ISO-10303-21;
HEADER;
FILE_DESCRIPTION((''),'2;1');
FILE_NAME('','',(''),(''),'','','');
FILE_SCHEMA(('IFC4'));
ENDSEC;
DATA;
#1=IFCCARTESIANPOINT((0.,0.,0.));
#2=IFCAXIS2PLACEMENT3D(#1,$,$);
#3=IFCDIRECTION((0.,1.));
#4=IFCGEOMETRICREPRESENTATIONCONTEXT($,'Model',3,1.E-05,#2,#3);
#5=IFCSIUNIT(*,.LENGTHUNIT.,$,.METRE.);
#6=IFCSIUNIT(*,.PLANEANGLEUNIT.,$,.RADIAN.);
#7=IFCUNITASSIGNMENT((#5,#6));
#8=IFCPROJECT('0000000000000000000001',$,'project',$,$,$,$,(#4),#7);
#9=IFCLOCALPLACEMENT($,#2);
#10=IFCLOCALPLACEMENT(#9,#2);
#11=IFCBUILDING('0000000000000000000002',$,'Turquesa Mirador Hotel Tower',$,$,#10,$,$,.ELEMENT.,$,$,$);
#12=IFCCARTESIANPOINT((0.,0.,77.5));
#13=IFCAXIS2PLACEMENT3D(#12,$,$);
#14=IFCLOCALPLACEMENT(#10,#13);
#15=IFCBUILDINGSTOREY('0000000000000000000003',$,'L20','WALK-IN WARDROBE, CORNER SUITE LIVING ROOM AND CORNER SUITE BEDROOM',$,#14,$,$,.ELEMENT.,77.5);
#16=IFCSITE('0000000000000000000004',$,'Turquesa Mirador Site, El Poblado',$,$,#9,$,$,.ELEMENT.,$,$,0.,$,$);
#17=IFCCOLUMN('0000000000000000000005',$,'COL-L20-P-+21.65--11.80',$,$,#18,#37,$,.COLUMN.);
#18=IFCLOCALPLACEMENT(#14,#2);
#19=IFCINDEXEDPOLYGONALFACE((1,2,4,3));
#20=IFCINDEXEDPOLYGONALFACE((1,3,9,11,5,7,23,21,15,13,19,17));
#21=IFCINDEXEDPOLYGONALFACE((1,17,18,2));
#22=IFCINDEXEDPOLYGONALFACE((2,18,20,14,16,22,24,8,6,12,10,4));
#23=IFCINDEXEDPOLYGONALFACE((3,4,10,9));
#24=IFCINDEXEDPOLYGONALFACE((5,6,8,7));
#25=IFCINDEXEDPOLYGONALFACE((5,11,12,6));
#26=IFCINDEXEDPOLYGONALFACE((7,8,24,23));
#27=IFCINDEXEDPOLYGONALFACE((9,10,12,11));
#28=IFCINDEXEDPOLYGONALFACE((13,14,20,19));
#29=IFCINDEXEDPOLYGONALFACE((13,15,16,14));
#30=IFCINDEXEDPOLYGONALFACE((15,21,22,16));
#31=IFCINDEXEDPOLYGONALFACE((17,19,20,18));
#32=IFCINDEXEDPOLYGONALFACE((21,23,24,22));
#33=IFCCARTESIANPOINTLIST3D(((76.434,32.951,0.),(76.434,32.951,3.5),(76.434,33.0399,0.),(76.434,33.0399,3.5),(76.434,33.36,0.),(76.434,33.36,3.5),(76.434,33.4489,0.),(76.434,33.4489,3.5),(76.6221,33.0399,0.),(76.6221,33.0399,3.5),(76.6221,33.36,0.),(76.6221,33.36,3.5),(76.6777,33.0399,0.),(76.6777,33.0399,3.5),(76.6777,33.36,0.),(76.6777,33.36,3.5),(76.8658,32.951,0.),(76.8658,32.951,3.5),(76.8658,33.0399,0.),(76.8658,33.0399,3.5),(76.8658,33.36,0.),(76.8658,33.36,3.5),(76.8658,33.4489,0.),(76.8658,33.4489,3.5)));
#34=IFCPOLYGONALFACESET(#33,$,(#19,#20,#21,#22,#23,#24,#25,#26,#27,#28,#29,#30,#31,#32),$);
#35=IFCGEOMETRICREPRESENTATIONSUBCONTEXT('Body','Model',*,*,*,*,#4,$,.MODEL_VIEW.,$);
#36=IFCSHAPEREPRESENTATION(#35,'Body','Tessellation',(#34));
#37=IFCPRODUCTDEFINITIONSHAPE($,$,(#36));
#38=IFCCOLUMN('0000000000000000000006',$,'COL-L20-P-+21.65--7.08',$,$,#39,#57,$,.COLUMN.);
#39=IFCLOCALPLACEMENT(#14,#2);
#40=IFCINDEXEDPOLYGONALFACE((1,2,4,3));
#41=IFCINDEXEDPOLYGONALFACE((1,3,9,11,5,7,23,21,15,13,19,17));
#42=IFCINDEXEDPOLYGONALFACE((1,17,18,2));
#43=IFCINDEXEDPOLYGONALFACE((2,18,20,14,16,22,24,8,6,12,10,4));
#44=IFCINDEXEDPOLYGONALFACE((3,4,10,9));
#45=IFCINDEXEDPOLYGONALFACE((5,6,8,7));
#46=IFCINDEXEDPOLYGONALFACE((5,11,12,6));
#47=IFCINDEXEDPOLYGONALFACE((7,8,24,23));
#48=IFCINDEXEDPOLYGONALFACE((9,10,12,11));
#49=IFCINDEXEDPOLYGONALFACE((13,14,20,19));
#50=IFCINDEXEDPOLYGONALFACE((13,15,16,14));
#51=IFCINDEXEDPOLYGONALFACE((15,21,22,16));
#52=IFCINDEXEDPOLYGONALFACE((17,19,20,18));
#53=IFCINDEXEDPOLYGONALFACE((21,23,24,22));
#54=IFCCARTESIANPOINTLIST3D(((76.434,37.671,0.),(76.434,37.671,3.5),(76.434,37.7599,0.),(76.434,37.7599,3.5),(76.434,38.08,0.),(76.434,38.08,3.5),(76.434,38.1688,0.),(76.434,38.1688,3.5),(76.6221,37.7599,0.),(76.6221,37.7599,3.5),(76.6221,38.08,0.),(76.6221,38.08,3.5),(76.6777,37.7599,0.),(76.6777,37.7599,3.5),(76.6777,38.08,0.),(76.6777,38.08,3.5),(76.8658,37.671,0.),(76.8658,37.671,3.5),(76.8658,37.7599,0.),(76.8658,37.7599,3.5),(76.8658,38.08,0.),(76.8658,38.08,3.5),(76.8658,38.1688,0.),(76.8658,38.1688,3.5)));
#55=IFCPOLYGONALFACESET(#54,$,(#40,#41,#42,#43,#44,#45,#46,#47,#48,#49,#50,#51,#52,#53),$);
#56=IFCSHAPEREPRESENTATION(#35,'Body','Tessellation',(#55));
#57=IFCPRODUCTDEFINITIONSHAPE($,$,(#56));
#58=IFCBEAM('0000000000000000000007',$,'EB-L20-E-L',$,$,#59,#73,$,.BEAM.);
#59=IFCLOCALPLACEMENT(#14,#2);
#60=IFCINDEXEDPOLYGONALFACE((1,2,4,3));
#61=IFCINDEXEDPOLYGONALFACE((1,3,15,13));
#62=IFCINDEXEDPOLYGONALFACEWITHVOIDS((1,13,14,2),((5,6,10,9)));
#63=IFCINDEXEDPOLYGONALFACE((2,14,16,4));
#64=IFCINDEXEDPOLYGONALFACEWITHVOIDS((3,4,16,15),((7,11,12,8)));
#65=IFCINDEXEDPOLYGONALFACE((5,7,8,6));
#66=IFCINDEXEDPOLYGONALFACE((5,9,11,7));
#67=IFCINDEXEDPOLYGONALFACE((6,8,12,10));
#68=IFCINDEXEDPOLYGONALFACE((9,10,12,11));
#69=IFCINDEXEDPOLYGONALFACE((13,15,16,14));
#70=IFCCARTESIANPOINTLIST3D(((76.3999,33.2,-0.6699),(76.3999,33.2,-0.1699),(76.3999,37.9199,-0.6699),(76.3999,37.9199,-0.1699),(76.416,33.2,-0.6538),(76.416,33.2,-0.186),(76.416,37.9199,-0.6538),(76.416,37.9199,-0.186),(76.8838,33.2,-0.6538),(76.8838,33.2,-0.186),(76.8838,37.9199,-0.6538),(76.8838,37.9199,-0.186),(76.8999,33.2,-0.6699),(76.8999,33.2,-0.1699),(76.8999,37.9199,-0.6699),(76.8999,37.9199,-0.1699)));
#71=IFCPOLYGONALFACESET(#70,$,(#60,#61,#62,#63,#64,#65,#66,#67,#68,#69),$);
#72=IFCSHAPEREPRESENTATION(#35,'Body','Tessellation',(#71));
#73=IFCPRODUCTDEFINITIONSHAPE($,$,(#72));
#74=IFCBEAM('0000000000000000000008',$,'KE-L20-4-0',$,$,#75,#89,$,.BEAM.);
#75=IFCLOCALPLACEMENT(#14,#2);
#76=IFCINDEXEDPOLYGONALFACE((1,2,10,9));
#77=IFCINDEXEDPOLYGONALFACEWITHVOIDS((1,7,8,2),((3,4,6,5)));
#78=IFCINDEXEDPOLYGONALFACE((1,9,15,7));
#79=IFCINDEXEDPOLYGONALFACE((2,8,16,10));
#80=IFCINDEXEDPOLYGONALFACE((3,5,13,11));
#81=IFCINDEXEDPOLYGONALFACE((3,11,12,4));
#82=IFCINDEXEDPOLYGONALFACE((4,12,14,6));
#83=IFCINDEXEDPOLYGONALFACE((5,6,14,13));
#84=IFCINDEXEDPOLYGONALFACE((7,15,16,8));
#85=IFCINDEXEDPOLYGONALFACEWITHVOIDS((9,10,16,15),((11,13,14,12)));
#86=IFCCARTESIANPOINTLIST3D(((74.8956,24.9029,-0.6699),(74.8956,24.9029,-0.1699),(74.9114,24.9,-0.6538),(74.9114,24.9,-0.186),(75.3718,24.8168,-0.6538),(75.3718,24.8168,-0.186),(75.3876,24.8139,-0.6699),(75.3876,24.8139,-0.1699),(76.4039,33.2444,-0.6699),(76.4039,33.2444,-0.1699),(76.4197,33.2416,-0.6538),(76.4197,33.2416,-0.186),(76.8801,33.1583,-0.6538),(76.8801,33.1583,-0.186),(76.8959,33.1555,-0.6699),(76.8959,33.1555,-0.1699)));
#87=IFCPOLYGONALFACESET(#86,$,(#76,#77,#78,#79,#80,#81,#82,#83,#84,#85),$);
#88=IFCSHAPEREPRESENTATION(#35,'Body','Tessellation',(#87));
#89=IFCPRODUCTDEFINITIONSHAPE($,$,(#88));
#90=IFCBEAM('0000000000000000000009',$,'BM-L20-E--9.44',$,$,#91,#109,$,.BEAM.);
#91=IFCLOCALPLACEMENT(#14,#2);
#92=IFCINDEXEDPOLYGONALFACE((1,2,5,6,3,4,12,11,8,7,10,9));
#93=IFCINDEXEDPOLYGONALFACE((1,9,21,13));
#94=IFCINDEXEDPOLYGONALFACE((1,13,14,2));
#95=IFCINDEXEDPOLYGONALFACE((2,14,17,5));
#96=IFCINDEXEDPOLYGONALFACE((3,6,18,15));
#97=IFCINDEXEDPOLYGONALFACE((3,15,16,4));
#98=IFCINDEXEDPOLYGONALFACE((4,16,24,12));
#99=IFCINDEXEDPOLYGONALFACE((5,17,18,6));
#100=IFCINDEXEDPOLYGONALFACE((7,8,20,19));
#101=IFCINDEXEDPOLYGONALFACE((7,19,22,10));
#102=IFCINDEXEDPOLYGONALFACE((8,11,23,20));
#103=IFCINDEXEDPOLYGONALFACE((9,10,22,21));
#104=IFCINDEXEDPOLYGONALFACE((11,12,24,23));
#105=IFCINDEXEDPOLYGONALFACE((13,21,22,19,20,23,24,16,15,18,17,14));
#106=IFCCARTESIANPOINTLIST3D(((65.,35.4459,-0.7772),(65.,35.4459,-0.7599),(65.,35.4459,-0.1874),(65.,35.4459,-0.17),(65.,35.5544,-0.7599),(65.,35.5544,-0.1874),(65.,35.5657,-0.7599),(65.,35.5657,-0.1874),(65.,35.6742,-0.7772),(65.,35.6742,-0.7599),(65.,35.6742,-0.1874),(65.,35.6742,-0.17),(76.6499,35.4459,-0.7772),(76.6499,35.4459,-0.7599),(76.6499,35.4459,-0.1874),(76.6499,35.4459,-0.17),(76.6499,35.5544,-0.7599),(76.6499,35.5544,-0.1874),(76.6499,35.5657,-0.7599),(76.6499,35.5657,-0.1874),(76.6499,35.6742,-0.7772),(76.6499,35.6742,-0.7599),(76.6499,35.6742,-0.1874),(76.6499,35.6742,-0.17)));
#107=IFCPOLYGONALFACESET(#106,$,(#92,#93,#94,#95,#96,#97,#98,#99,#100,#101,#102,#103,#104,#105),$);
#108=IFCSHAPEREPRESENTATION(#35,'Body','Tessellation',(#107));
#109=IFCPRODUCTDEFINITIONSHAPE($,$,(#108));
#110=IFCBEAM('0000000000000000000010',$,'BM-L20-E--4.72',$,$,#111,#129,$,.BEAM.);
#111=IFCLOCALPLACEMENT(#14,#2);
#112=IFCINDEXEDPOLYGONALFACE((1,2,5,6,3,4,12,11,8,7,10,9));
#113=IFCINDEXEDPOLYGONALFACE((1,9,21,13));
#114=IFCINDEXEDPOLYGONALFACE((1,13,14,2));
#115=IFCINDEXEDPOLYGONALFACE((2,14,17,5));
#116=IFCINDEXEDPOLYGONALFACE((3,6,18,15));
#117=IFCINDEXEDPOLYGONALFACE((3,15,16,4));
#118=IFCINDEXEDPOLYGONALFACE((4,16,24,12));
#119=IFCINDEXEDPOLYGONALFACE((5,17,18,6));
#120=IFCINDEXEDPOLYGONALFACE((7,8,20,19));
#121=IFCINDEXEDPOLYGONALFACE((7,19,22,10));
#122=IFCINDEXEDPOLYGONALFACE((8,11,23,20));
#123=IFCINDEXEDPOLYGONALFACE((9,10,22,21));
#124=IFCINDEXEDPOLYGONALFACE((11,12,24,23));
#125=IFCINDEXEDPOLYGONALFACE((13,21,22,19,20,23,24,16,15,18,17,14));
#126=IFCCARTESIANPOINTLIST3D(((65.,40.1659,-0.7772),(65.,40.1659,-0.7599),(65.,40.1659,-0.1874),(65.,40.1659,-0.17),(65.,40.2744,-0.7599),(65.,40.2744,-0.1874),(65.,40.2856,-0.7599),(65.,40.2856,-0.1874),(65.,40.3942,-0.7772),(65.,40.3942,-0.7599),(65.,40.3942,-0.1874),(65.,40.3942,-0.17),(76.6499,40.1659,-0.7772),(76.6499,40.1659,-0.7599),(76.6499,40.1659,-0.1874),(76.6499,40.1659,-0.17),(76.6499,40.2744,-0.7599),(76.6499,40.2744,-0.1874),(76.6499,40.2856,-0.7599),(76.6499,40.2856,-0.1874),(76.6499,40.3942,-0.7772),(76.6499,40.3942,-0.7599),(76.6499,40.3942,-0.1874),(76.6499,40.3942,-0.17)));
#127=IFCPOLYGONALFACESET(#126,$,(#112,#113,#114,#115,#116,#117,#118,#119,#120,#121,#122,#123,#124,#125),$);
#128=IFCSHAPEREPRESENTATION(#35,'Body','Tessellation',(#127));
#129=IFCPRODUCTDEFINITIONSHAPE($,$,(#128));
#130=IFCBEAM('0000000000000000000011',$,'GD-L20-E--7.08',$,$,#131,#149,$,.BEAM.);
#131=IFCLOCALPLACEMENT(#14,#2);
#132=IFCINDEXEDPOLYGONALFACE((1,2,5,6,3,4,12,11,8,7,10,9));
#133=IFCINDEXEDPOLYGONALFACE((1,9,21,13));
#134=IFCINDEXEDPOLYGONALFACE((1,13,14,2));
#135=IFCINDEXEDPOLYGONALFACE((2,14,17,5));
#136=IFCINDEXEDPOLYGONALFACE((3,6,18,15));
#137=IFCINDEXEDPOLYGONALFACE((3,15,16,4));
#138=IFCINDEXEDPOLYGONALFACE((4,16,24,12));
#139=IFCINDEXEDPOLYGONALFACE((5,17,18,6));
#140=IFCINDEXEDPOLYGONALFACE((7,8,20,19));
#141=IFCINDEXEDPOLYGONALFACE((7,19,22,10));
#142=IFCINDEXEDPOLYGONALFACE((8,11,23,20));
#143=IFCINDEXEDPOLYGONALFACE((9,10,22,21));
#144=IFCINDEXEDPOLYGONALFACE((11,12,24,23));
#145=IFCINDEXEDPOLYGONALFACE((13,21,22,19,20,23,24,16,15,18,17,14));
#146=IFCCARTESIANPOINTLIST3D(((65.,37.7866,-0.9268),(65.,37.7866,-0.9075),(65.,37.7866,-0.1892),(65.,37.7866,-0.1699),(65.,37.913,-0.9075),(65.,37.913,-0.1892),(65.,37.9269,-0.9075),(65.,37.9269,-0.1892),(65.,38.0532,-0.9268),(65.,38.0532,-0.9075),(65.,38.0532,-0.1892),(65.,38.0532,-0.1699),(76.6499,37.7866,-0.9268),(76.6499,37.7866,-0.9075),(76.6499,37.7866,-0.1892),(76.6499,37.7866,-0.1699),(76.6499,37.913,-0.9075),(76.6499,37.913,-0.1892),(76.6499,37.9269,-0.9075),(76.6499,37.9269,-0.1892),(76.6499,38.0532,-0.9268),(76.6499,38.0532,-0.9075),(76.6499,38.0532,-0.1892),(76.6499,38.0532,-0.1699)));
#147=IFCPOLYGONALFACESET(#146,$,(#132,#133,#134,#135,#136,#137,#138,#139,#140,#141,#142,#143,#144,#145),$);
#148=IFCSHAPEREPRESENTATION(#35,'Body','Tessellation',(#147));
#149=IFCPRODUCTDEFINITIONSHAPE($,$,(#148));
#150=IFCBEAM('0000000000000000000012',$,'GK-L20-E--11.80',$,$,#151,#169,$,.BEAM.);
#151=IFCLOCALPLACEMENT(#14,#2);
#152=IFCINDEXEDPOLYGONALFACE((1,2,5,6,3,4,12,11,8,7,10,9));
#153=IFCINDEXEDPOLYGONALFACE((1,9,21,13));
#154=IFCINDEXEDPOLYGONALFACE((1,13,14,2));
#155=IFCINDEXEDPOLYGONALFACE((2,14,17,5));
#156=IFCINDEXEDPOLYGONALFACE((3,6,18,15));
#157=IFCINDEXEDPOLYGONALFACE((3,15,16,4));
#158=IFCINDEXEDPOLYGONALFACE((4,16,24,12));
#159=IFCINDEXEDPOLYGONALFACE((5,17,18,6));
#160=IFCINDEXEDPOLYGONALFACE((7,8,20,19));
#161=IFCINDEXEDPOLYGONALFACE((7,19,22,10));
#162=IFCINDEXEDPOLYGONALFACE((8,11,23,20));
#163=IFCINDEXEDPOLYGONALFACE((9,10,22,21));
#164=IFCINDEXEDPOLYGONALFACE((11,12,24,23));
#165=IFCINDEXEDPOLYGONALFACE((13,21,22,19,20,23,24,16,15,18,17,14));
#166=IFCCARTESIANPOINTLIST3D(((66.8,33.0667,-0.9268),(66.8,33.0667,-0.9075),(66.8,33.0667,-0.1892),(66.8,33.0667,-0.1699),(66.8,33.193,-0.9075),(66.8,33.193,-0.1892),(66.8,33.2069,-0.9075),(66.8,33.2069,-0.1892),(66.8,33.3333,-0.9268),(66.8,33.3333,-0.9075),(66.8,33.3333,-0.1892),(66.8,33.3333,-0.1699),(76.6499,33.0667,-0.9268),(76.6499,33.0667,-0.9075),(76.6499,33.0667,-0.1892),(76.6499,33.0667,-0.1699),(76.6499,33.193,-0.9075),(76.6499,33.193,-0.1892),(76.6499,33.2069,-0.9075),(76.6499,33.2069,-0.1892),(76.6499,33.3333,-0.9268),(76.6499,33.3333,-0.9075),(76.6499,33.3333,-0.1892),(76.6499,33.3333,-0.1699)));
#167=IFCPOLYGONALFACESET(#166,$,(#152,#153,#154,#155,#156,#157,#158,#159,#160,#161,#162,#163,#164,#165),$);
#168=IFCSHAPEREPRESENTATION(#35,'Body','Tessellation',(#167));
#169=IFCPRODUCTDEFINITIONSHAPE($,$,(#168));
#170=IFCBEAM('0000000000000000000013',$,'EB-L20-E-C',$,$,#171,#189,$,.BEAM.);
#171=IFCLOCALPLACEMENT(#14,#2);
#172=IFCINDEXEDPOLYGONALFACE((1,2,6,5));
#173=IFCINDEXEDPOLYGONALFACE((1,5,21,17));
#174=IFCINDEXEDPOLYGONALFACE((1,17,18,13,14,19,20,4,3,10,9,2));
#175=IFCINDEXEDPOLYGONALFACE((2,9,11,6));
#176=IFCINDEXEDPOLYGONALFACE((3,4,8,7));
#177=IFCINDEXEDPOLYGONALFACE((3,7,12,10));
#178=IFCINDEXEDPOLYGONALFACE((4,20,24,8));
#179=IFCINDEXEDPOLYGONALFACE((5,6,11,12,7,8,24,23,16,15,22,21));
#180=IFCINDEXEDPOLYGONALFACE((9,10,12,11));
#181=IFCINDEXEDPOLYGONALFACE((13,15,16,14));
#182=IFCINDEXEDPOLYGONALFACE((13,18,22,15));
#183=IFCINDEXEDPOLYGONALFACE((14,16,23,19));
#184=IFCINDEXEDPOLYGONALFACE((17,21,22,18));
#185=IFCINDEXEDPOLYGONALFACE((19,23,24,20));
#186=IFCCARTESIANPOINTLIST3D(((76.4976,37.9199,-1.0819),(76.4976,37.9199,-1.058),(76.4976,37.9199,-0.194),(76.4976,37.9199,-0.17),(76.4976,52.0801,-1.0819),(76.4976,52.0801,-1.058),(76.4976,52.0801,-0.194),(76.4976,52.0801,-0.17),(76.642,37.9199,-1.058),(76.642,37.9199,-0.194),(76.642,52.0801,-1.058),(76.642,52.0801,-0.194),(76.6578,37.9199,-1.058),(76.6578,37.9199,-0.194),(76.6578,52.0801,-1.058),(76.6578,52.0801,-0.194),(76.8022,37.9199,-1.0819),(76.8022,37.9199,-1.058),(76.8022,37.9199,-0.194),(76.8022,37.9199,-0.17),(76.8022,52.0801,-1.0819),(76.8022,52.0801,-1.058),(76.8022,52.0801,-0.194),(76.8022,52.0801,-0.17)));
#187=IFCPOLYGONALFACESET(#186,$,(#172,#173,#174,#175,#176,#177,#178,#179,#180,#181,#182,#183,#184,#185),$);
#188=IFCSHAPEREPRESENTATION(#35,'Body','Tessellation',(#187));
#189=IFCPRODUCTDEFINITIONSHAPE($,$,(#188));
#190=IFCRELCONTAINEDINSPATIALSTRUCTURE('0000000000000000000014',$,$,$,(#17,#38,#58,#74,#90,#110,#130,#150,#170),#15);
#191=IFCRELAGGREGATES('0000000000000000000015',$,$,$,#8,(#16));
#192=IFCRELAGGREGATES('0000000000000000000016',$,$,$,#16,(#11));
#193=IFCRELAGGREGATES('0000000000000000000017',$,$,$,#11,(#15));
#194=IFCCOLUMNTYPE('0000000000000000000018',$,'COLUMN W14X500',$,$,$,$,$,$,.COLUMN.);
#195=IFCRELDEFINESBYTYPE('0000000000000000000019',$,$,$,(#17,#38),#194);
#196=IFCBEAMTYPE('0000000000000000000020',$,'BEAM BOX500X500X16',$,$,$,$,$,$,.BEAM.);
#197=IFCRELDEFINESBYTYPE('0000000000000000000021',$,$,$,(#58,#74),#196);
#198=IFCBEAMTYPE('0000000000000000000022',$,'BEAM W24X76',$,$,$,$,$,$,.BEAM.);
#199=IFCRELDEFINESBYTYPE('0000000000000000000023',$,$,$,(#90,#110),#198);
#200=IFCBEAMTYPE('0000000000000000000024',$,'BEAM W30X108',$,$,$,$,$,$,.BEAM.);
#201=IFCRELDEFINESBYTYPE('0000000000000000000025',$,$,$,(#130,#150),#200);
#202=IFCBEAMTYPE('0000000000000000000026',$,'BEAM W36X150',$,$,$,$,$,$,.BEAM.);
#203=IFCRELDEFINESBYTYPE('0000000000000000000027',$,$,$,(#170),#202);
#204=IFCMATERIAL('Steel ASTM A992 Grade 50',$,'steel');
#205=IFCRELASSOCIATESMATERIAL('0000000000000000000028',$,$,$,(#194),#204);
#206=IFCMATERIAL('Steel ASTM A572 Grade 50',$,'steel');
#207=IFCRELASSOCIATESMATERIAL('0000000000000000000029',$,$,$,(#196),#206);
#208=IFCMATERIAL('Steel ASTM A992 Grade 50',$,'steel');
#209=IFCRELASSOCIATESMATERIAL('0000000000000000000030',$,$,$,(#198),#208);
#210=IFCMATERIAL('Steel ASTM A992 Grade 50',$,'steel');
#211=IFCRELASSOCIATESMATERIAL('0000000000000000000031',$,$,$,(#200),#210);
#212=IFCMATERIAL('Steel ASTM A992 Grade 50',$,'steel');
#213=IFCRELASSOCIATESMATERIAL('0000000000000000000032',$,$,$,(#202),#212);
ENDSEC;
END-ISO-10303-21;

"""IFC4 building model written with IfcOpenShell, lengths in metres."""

from ifc_helpers import new_model, si_unit, direction, frame, origin, origin_2d, place, context, subcontext, project, spatial, hollow_rectangle, i_section, extrude, material, material_profile, profile_set, type_object, element, save


model = new_model("IFC4")

# Units and contexts
model_context = context("Model", 3, precision=1e-05, world=origin(), true_north=direction((0.0, 1.0)))
body_context = subcontext(model_context, "Body", "Model", "MODEL_VIEW")
ifc_project = project(units=[si_unit("LENGTHUNIT", "METRE"), si_unit("PLANEANGLEUNIT", "RADIAN")], contexts=[model_context])

# Site, building, storey
site_placement = place(None, origin())
site = spatial("IfcSite", under=ifc_project, at=site_placement, Name="Turquesa Mirador Site, El Poblado", CompositionType="ELEMENT", RefElevation=0.0)
building_placement = place(site_placement, origin())
building = spatial("IfcBuilding", under=site, at=building_placement, Name="Turquesa Mirador Hotel Tower", CompositionType="ELEMENT")
storey_placement = place(building_placement, frame((0.0, 0.0, 77.5)))
storey = spatial("IfcBuildingStorey", under=building, at=storey_placement, Name="L20", Description="WALK-IN WARDROBE, CORNER SUITE LIVING ROOM AND CORNER SUITE BEDROOM", CompositionType="ELEMENT", Elevation=77.5)

# Columns
ifc_material_1 = material(Name="Steel ASTM A992 Grade 50", Category="steel")
ifc_material_profile_1 = material_profile(ifc_material_1, i_section(OverallWidth=0.4319, OverallDepth=0.4978, WebThickness=0.0557, FlangeThickness=0.0889, at=origin_2d()), Name="W14X500")
ifc_profile_set_1 = profile_set([ifc_material_profile_1], Name="Steel ASTM A992 Grade 50")
column_type = type_object("IfcColumnType", Name="COLUMN W14X500", PredefinedType="COLUMN", material=ifc_profile_set_1)
for number, where, z_axis, x_axis, name in (
    (1, (76.6499, 33.2, 0.0), (0.0, 0.0, 1.0), (1.0, 0.0, 0.0), "COL-L20-P-+21.65--11.80"),
    (2, (76.6499, 37.9199, 0.0), (0.0, 0.0, 1.0), (1.0, 0.0, 0.0), "COL-L20-P-+21.65--7.08"),
):
    element("IfcColumn", number, at=place(storey_placement, frame(where, z_axis=z_axis, x_axis=x_axis)), inside=storey, type_object=column_type, Name=name, PredefinedType="COLUMN", context=body_context, shape_type="SweptSolid", body=[
        extrude(i_section(OverallWidth=0.4319, OverallDepth=0.4978, WebThickness=0.0557, FlangeThickness=0.0889, at=origin_2d()), origin(), (0.0, 0.0, 1.0), 3.5),
    ])

# Beams
ifc_material_2 = material(Name="Steel ASTM A572 Grade 50", Category="steel")
ifc_material_profile_2 = material_profile(ifc_material_2, hollow_rectangle(XDim=0.5, YDim=0.5, WallThickness=0.0161, at=origin_2d()), Name="BOX500X500X16")
ifc_profile_set_2 = profile_set([ifc_material_profile_2], Name="Steel ASTM A572 Grade 50")
beam_type_1 = type_object("IfcBeamType", Name="BEAM BOX500X500X16", PredefinedType="BEAM", material=ifc_profile_set_2)
beam_1_placement = place(storey_placement, frame((76.6499, 33.2, -0.4199), z_axis=(0.0, 1.0, 0.0), x_axis=(-1.0, 0.0, 0.0)))
element("IfcBeam", 3, at=beam_1_placement, inside=storey, type_object=beam_type_1, Name="EB-L20-E-L", PredefinedType="BEAM", context=body_context, shape_type="SweptSolid", body=[
    extrude(hollow_rectangle(XDim=0.5, YDim=0.5, WallThickness=0.0161, at=origin_2d()), origin(), (0.0, 0.0, 1.0), 4.72),
])
beam_2_placement = place(storey_placement, frame((76.6499, 33.2, -0.4199), z_axis=(-0.177932, -0.984043, 0.0), x_axis=(0.984043, -0.177932, 0.0)))
element("IfcBeam", 4, at=beam_2_placement, inside=storey, type_object=beam_type_1, Name="KE-L20-4-0", PredefinedType="BEAM", context=body_context, shape_type="SweptSolid", body=[
    extrude(hollow_rectangle(XDim=0.5, YDim=0.5, WallThickness=0.0161, at=origin_2d()), origin(), (0.0, 0.0, 1.0), 8.4768),
])
ifc_material_3 = material(Name="Steel ASTM A992 Grade 50", Category="steel")
ifc_material_profile_3 = material_profile(ifc_material_3, i_section(OverallWidth=0.2283, OverallDepth=0.6072, WebThickness=0.0112, FlangeThickness=0.0173, at=origin_2d()), Name="W24X76")
ifc_profile_set_3 = profile_set([ifc_material_profile_3], Name="Steel ASTM A992 Grade 50")
beam_type_2 = type_object("IfcBeamType", Name="BEAM W24X76", PredefinedType="BEAM", material=ifc_profile_set_3)
for number, where, z_axis, x_axis, name in (
    (5, (76.6499, 35.5601, -0.4736), (-1.0, 0.0, 0.0), (0.0, -1.0, 0.0), "BM-L20-E--9.44"),
    (6, (76.6499, 40.28, -0.4736), (-1.0, 0.0, 0.0), (0.0, -1.0, 0.0), "BM-L20-E--4.72"),
):
    element("IfcBeam", number, at=place(storey_placement, frame(where, z_axis=z_axis, x_axis=x_axis)), inside=storey, type_object=beam_type_2, Name=name, PredefinedType="BEAM", context=body_context, shape_type="SweptSolid", body=[
        extrude(i_section(OverallWidth=0.2283, OverallDepth=0.6072, WebThickness=0.0112, FlangeThickness=0.0173, at=origin_2d()), origin(), (0.0, 0.0, 1.0), 11.6499),
    ])
ifc_material_4 = material(Name="Steel ASTM A992 Grade 50", Category="steel")
ifc_material_profile_4 = material_profile(ifc_material_4, i_section(OverallWidth=0.2666, OverallDepth=0.7568, WebThickness=0.0139, FlangeThickness=0.0193, at=origin_2d()), Name="W30X108")
ifc_profile_set_4 = profile_set([ifc_material_profile_4], Name="Steel ASTM A992 Grade 50")
beam_type_3 = type_object("IfcBeamType", Name="BEAM W30X108", PredefinedType="BEAM", material=ifc_profile_set_4)
beam_3_placement = place(storey_placement, frame((76.6499, 37.9199, -0.5483), z_axis=(-1.0, 0.0, 0.0), x_axis=(0.0, -1.0, 0.0)))
element("IfcBeam", 7, at=beam_3_placement, inside=storey, type_object=beam_type_3, Name="GD-L20-E--7.08", PredefinedType="BEAM", context=body_context, shape_type="SweptSolid", body=[
    extrude(i_section(OverallWidth=0.2666, OverallDepth=0.7568, WebThickness=0.0139, FlangeThickness=0.0193, at=origin_2d()), origin(), (0.0, 0.0, 1.0), 11.6499),
])
beam_4_placement = place(storey_placement, frame((76.6499, 33.2, -0.5483), z_axis=(-1.0, 0.0, 0.0), x_axis=(0.0, -1.0, 0.0)))
element("IfcBeam", 8, at=beam_4_placement, inside=storey, type_object=beam_type_3, Name="GK-L20-E--11.80", PredefinedType="BEAM", context=body_context, shape_type="SweptSolid", body=[
    extrude(i_section(OverallWidth=0.2666, OverallDepth=0.7568, WebThickness=0.0139, FlangeThickness=0.0193, at=origin_2d()), origin(), (0.0, 0.0, 1.0), 9.8499),
])
ifc_material_5 = material(Name="Steel ASTM A992 Grade 50", Category="steel")
ifc_material_profile_5 = material_profile(ifc_material_5, i_section(OverallWidth=0.3047, OverallDepth=0.9119, WebThickness=0.0159, FlangeThickness=0.0239, at=origin_2d()), Name="W36X150")
ifc_profile_set_5 = profile_set([ifc_material_profile_5], Name="Steel ASTM A992 Grade 50")
beam_type_4 = type_object("IfcBeamType", Name="BEAM W36X150", PredefinedType="BEAM", material=ifc_profile_set_5)
beam_5_placement = place(storey_placement, frame((76.6499, 37.9199, -0.626), z_axis=(0.0, 1.0, 0.0), x_axis=(-1.0, 0.0, 0.0)))
element("IfcBeam", 9, at=beam_5_placement, inside=storey, type_object=beam_type_4, Name="EB-L20-E-C", PredefinedType="BEAM", context=body_context, shape_type="SweptSolid", body=[
    extrude(i_section(OverallWidth=0.3047, OverallDepth=0.9119, WebThickness=0.0159, FlangeThickness=0.0239, at=origin_2d()), origin(), (0.0, 0.0, 1.0), 14.1602),
])

save(model, "model.ifc")
